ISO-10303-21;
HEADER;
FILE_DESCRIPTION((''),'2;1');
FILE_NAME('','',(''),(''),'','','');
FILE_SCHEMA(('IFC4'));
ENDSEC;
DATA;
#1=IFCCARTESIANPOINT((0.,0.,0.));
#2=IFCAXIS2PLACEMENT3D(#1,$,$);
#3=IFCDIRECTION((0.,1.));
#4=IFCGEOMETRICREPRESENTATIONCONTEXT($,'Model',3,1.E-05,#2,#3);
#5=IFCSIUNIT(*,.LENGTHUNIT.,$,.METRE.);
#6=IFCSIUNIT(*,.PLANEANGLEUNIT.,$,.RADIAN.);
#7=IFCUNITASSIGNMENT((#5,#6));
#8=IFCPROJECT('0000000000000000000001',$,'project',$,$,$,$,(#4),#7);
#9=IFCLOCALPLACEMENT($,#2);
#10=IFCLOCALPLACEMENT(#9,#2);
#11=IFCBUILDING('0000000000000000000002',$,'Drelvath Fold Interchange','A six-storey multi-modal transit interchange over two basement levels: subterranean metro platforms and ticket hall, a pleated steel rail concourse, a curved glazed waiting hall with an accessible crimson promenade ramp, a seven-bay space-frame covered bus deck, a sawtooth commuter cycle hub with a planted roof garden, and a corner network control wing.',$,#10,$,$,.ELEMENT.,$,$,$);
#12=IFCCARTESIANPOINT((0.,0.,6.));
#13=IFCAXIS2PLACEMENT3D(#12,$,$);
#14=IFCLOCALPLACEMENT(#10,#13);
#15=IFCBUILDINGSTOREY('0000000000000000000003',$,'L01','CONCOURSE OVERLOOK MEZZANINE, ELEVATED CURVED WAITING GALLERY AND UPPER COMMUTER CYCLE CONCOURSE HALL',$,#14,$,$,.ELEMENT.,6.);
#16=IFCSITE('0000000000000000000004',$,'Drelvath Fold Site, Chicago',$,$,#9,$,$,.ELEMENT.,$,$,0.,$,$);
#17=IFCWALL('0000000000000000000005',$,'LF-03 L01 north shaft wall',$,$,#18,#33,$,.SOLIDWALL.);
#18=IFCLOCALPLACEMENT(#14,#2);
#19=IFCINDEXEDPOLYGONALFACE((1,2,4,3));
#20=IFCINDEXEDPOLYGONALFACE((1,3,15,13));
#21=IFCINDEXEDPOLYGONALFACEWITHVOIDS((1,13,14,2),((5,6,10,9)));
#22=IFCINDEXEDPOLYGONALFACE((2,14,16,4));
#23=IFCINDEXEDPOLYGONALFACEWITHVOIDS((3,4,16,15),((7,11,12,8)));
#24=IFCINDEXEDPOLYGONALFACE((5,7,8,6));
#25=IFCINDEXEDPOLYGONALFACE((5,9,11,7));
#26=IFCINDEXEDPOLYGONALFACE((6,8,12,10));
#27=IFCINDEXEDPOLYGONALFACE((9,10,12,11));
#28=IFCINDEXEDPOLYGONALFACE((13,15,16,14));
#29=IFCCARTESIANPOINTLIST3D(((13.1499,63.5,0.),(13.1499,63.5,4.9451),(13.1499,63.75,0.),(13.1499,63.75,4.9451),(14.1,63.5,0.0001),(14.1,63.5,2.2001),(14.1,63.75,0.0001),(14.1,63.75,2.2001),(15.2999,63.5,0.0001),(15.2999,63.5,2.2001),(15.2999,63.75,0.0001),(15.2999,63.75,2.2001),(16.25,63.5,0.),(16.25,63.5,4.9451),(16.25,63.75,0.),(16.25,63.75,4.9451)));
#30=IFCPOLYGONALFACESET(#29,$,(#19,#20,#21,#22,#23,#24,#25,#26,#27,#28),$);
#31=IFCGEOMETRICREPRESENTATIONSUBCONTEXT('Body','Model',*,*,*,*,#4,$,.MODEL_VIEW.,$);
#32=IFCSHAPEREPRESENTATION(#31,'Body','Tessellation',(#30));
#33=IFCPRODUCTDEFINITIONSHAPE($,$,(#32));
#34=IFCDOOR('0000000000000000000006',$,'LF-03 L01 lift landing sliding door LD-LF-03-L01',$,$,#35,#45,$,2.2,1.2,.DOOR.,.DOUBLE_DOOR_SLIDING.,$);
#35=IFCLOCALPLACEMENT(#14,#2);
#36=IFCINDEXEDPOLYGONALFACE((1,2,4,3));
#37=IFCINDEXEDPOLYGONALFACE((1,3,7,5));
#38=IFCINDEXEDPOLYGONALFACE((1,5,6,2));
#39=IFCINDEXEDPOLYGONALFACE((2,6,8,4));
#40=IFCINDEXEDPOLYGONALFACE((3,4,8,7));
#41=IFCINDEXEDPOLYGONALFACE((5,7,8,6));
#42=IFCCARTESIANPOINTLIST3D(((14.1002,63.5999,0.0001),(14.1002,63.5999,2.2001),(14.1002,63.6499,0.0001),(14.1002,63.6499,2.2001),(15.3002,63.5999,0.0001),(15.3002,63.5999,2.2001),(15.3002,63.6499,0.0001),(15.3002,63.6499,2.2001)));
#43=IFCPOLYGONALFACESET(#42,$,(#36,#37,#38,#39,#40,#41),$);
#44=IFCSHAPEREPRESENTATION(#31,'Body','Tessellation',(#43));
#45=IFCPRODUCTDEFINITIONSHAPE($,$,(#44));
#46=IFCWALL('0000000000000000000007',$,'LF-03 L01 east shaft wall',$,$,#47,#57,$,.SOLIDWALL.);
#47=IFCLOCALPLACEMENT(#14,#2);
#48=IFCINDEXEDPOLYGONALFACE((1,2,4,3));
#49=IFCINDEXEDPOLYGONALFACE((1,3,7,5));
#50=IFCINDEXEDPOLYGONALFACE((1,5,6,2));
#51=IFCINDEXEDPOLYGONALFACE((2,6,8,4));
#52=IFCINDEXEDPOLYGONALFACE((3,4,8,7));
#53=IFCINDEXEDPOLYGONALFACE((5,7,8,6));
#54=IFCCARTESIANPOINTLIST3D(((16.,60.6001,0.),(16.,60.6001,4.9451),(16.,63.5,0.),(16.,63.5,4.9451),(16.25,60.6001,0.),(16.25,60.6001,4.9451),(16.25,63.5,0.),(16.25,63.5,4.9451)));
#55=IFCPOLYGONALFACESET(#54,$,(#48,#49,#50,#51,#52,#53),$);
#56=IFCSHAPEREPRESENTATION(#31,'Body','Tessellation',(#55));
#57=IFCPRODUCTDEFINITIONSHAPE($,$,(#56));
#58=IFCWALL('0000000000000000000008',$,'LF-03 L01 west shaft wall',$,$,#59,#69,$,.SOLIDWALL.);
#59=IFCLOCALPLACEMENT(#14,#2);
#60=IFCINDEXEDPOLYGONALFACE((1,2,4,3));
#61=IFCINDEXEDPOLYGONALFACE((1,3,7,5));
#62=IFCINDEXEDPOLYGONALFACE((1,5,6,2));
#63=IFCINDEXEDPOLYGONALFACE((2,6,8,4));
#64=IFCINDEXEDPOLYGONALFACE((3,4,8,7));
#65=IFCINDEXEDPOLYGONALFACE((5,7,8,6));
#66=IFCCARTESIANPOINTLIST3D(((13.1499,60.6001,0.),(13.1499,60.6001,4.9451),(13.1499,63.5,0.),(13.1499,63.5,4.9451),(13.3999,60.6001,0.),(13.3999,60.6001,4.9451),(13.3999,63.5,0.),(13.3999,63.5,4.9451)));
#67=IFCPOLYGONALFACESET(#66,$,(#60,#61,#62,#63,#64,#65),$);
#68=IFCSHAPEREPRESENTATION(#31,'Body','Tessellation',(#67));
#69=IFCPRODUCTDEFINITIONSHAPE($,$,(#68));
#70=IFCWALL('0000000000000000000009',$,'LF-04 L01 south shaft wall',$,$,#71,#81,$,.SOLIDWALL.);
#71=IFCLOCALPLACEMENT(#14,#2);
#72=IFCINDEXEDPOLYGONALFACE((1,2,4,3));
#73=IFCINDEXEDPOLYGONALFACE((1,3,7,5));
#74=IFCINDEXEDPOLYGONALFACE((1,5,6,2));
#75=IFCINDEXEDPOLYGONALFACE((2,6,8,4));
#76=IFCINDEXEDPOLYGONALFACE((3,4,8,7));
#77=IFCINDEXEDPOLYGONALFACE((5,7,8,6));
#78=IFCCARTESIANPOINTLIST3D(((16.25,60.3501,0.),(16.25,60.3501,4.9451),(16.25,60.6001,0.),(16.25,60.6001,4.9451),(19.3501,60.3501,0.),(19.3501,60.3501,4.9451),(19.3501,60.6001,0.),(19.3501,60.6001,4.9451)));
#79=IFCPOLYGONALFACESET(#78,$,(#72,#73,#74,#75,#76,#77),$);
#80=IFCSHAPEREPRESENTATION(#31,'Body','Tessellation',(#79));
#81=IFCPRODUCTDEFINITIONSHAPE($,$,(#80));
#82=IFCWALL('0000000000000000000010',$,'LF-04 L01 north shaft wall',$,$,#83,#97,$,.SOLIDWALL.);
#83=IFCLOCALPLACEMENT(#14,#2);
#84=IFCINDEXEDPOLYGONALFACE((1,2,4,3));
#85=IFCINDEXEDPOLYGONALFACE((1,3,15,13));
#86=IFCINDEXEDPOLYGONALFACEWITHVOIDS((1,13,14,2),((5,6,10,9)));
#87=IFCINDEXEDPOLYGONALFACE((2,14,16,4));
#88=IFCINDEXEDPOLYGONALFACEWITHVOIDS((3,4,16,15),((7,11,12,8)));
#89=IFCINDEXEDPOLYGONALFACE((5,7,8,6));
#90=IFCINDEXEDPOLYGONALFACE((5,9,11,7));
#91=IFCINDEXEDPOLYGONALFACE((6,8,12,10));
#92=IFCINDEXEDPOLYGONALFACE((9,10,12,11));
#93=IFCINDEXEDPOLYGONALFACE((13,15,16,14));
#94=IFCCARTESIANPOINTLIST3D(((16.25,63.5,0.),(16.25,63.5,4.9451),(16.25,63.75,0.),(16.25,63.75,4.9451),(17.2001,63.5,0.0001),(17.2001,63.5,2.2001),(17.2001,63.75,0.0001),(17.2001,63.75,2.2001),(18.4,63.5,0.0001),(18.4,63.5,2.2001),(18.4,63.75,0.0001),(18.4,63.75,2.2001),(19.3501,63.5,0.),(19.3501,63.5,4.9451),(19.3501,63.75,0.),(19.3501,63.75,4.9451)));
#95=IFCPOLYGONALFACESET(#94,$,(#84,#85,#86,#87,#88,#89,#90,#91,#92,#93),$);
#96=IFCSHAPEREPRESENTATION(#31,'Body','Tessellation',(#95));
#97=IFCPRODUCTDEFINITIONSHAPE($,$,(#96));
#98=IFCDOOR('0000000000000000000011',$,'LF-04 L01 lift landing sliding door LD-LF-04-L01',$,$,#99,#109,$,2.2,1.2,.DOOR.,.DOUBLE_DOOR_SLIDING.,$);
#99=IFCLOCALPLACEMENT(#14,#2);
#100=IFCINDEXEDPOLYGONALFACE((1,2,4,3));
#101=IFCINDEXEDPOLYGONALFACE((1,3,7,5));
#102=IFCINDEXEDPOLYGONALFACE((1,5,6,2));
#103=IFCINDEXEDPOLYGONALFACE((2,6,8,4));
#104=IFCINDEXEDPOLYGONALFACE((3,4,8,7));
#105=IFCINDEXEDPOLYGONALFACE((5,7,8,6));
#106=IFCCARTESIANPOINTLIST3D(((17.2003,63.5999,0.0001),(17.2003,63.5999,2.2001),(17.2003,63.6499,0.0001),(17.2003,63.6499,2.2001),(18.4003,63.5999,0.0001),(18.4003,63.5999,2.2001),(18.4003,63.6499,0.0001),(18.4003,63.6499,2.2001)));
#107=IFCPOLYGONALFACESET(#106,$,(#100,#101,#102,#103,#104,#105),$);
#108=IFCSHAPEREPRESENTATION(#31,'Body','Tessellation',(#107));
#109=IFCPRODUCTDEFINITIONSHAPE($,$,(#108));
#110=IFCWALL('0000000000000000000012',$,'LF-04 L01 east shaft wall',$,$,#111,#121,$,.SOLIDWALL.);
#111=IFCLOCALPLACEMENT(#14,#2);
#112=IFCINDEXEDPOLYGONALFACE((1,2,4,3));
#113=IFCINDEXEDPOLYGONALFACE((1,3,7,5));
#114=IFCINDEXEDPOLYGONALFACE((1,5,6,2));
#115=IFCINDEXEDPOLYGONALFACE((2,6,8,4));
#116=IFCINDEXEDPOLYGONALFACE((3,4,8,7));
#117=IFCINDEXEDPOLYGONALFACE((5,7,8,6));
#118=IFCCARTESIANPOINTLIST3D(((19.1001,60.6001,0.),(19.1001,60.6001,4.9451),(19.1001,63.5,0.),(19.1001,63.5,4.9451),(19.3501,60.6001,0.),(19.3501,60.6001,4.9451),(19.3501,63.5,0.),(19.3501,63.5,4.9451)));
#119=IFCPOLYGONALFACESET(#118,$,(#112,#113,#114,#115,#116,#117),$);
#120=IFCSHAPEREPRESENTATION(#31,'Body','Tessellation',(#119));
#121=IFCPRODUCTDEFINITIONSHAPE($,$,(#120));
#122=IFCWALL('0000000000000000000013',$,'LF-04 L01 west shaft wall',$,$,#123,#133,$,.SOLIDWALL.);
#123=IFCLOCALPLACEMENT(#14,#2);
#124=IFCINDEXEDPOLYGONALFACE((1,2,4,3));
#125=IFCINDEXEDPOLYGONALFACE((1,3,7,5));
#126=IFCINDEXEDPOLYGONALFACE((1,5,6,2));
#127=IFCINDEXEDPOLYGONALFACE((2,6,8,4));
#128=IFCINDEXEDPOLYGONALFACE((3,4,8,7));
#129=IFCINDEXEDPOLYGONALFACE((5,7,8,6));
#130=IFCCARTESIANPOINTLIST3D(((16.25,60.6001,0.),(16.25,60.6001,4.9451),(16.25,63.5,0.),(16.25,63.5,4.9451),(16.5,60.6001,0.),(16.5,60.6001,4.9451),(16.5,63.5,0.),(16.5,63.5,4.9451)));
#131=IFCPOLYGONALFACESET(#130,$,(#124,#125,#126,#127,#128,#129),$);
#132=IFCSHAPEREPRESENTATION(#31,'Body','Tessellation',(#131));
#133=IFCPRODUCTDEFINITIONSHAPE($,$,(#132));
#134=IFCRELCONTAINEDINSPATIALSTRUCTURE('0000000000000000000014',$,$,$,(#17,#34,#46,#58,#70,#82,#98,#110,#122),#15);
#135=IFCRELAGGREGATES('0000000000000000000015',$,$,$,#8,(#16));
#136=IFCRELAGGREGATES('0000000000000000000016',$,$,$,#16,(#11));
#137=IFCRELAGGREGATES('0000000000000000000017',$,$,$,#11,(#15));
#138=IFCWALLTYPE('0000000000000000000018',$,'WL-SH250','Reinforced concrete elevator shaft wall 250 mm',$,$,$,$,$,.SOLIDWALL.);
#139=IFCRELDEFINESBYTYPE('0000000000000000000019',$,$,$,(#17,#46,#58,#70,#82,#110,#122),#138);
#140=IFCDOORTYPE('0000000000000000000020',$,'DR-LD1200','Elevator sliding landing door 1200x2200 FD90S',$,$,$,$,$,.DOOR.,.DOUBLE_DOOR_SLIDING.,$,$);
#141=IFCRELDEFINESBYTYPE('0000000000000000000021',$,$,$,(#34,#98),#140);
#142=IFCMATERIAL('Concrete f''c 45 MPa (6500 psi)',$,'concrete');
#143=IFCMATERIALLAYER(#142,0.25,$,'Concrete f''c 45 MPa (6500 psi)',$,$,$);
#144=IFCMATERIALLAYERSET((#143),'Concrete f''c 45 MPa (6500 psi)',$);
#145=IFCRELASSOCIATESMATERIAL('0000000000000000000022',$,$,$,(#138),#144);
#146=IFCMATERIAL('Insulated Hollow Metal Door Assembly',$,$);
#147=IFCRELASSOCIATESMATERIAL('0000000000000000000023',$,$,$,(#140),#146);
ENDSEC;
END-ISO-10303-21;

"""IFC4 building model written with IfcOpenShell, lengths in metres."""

from ifc_helpers import new_model, si_unit, direction, frame, frame_2d, origin, place, context, subcontext, project, spatial, rectangle, extrude, material, layer, layer_set, type_object, element, fill, save


model = new_model("IFC4")

# Units and contexts
model_context = context("Model", 3, precision=1e-05, world=origin(), true_north=direction((0.0, 1.0)))
body_context = subcontext(model_context, "Body", "Model", "MODEL_VIEW")
ifc_project = project(units=[si_unit("LENGTHUNIT", "METRE"), si_unit("PLANEANGLEUNIT", "RADIAN")], contexts=[model_context])

# Site, building, storey
site_placement = place(None, origin())
site = spatial("IfcSite", under=ifc_project, at=site_placement, Name="Drelvath Fold Site, Chicago", CompositionType="ELEMENT", RefElevation=0.0)
building_placement = place(site_placement, origin())
building = spatial("IfcBuilding", under=site, at=building_placement, Name="Drelvath Fold Interchange", Description="A six-storey multi-modal transit interchange over two basement levels: subterranean metro platforms and ticket hall, a pleated steel rail concourse, a curved glazed waiting hall with an accessible crimson promenade ramp, a seven-bay space-frame covered bus deck, a sawtooth commuter cycle hub with a planted roof garden, and a corner network control wing.", CompositionType="ELEMENT")
storey_placement = place(building_placement, frame((0.0, 0.0, 6.0)))
storey = spatial("IfcBuildingStorey", under=building, at=storey_placement, Name="L01", Description="CONCOURSE OVERLOOK MEZZANINE, ELEVATED CURVED WAITING GALLERY AND UPPER COMMUTER CYCLE CONCOURSE HALL", CompositionType="ELEMENT", Elevation=6.0)

# Shared definitions
ifc_material_1 = material(Name="Concrete f'c 45 MPa (6500 psi)", Category="concrete")
ifc_layer_1 = layer(ifc_material_1, 0.25, Name="Concrete f'c 45 MPa (6500 psi)")
ifc_layer_set_1 = layer_set([ifc_layer_1], Name="Concrete f'c 45 MPa (6500 psi)")
wall_type_1 = type_object("IfcWallType", Name="WL-SH250", Description="Reinforced concrete elevator shaft wall 250 mm", PredefinedType="SOLIDWALL", material=ifc_layer_set_1)

# Wall, opening, door
wall_1_placement = place(storey_placement, frame((16.25, 63.625, 0.0), z_axis=(0.0, 0.0, 1.0), x_axis=(-1.0, 0.0, 0.0)))
wall_1 = element("IfcWall", 1, at=wall_1_placement, inside=storey, type_object=wall_type_1, Name="LF-03 L01 north shaft wall", PredefinedType="SOLIDWALL", context=body_context, shape_type="SweptSolid", body=[
    extrude(rectangle(XDim=3.1001, YDim=0.25, at=frame_2d((1.55, 0.0))), origin(), (0.0, 0.0, 1.0), 4.9451),
])
opening_1_placement = place(wall_1_placement, frame((0.95, 0.0, 0.0)))
opening_1 = element("IfcOpeningElement", 2, at=opening_1_placement, cuts=wall_1, PredefinedType="OPENING", context=body_context, shape_type="SweptSolid", body=[
    extrude(rectangle(XDim=1.2, YDim=2.2, at=frame_2d((0.6001, 1.1001))), frame((0.0, 0.135, 0.0), z_axis=(0.0, -1.0, 0.0), x_axis=(1.0, 0.0, 0.0)), (0.0, 0.0, 1.0), 0.27),
])
ifc_material_2 = material(Name="Insulated Hollow Metal Door Assembly")
door_type = type_object("IfcDoorType", Name="DR-LD1200", Description="Elevator sliding landing door 1200x2200 FD90S", OperationType="DOUBLE_DOOR_SLIDING", PredefinedType="DOOR", material=ifc_material_2)
door_1_placement = place(opening_1_placement, frame((1.2, 0.0, 0.0), z_axis=(0.0, 0.0, 1.0), x_axis=(-1.0, 0.0, 0.0)))
door_1 = element("IfcDoor", 3, at=door_1_placement, inside=storey, type_object=door_type, Name="LF-03 L01 lift landing sliding door LD-LF-03-L01", OperationType="DOUBLE_DOOR_SLIDING", OverallHeight=2.2, OverallWidth=1.2, PredefinedType="DOOR", context=body_context, shape_type="SweptSolid", body=[
    extrude(rectangle(XDim=1.2, YDim=2.2, at=frame_2d((0.6001, 1.1001))), frame((0.0, 0.0249, 0.0), z_axis=(0.0, -1.0, 0.0), x_axis=(1.0, 0.0, 0.0)), (0.0, 0.0, 1.0), 0.05),
])
fill(opening_1, door_1)

# Walls
for number, where, z_axis, x_axis, name in (
    (4, (16.125, 60.6001, 0.0), (0.0, 0.0, 1.0), (0.0, 1.0, 0.0), "LF-03 L01 east shaft wall"),
    (5, (13.2749, 63.5, 0.0), (0.0, 0.0, 1.0), (0.0, -1.0, 0.0), "LF-03 L01 west shaft wall"),
):
    element("IfcWall", number, at=place(storey_placement, frame(where, z_axis=z_axis, x_axis=x_axis)), inside=storey, type_object=wall_type_1, Name=name, PredefinedType="SOLIDWALL", context=body_context, shape_type="SweptSolid", body=[
        extrude(rectangle(XDim=2.8999, YDim=0.25, at=frame_2d((1.45, 0.0))), origin(), (0.0, 0.0, 1.0), 4.9451),
    ])
wall_2_placement = place(storey_placement, frame((16.25, 60.4751, 0.0), z_axis=(0.0, 0.0, 1.0), x_axis=(1.0, 0.0, 0.0)))
element("IfcWall", 6, at=wall_2_placement, inside=storey, type_object=wall_type_1, Name="LF-04 L01 south shaft wall", PredefinedType="SOLIDWALL", context=body_context, shape_type="SweptSolid", body=[
    extrude(rectangle(XDim=3.1001, YDim=0.25, at=frame_2d((1.55, 0.0))), origin(), (0.0, 0.0, 1.0), 4.9451),
])

# Wall, opening, door
wall_3_placement = place(storey_placement, frame((19.3501, 63.625, 0.0), z_axis=(0.0, 0.0, 1.0), x_axis=(-1.0, 0.0, 0.0)))
wall_3 = element("IfcWall", 7, at=wall_3_placement, inside=storey, type_object=wall_type_1, Name="LF-04 L01 north shaft wall", PredefinedType="SOLIDWALL", context=body_context, shape_type="SweptSolid", body=[
    extrude(rectangle(XDim=3.1001, YDim=0.25, at=frame_2d((1.55, 0.0))), origin(), (0.0, 0.0, 1.0), 4.9451),
])
opening_2_placement = place(wall_3_placement, frame((0.95, 0.0, 0.0)))
opening_2 = element("IfcOpeningElement", 8, at=opening_2_placement, cuts=wall_3, PredefinedType="OPENING", context=body_context, shape_type="SweptSolid", body=[
    extrude(rectangle(XDim=1.2, YDim=2.2, at=frame_2d((0.6001, 1.1001))), frame((0.0, 0.135, 0.0), z_axis=(0.0, -1.0, 0.0), x_axis=(1.0, 0.0, 0.0)), (0.0, 0.0, 1.0), 0.27),
])
door_2_placement = place(opening_2_placement, frame((1.2, 0.0, 0.0), z_axis=(0.0, 0.0, 1.0), x_axis=(-1.0, 0.0, 0.0)))
door_2 = element("IfcDoor", 9, at=door_2_placement, inside=storey, type_object=door_type, Name="LF-04 L01 lift landing sliding door LD-LF-04-L01", OperationType="DOUBLE_DOOR_SLIDING", OverallHeight=2.2, OverallWidth=1.2, PredefinedType="DOOR", context=body_context, shape_type="SweptSolid", body=[
    extrude(rectangle(XDim=1.2, YDim=2.2, at=frame_2d((0.6001, 1.1001))), frame((0.0, 0.0249, 0.0), z_axis=(0.0, -1.0, 0.0), x_axis=(1.0, 0.0, 0.0)), (0.0, 0.0, 1.0), 0.05),
])
fill(opening_2, door_2)

# Walls
for number, where, z_axis, x_axis, name in (
    (10, (19.2251, 60.6001, 0.0), (0.0, 0.0, 1.0), (0.0, 1.0, 0.0), "LF-04 L01 east shaft wall"),
    (11, (16.375, 63.5, 0.0), (0.0, 0.0, 1.0), (0.0, -1.0, 0.0), "LF-04 L01 west shaft wall"),
):
    element("IfcWall", number, at=place(storey_placement, frame(where, z_axis=z_axis, x_axis=x_axis)), inside=storey, type_object=wall_type_1, Name=name, PredefinedType="SOLIDWALL", context=body_context, shape_type="SweptSolid", body=[
        extrude(rectangle(XDim=2.8999, YDim=0.25, at=frame_2d((1.45, 0.0))), origin(), (0.0, 0.0, 1.0), 4.9451),
    ])

save(model, "model.ifc")
